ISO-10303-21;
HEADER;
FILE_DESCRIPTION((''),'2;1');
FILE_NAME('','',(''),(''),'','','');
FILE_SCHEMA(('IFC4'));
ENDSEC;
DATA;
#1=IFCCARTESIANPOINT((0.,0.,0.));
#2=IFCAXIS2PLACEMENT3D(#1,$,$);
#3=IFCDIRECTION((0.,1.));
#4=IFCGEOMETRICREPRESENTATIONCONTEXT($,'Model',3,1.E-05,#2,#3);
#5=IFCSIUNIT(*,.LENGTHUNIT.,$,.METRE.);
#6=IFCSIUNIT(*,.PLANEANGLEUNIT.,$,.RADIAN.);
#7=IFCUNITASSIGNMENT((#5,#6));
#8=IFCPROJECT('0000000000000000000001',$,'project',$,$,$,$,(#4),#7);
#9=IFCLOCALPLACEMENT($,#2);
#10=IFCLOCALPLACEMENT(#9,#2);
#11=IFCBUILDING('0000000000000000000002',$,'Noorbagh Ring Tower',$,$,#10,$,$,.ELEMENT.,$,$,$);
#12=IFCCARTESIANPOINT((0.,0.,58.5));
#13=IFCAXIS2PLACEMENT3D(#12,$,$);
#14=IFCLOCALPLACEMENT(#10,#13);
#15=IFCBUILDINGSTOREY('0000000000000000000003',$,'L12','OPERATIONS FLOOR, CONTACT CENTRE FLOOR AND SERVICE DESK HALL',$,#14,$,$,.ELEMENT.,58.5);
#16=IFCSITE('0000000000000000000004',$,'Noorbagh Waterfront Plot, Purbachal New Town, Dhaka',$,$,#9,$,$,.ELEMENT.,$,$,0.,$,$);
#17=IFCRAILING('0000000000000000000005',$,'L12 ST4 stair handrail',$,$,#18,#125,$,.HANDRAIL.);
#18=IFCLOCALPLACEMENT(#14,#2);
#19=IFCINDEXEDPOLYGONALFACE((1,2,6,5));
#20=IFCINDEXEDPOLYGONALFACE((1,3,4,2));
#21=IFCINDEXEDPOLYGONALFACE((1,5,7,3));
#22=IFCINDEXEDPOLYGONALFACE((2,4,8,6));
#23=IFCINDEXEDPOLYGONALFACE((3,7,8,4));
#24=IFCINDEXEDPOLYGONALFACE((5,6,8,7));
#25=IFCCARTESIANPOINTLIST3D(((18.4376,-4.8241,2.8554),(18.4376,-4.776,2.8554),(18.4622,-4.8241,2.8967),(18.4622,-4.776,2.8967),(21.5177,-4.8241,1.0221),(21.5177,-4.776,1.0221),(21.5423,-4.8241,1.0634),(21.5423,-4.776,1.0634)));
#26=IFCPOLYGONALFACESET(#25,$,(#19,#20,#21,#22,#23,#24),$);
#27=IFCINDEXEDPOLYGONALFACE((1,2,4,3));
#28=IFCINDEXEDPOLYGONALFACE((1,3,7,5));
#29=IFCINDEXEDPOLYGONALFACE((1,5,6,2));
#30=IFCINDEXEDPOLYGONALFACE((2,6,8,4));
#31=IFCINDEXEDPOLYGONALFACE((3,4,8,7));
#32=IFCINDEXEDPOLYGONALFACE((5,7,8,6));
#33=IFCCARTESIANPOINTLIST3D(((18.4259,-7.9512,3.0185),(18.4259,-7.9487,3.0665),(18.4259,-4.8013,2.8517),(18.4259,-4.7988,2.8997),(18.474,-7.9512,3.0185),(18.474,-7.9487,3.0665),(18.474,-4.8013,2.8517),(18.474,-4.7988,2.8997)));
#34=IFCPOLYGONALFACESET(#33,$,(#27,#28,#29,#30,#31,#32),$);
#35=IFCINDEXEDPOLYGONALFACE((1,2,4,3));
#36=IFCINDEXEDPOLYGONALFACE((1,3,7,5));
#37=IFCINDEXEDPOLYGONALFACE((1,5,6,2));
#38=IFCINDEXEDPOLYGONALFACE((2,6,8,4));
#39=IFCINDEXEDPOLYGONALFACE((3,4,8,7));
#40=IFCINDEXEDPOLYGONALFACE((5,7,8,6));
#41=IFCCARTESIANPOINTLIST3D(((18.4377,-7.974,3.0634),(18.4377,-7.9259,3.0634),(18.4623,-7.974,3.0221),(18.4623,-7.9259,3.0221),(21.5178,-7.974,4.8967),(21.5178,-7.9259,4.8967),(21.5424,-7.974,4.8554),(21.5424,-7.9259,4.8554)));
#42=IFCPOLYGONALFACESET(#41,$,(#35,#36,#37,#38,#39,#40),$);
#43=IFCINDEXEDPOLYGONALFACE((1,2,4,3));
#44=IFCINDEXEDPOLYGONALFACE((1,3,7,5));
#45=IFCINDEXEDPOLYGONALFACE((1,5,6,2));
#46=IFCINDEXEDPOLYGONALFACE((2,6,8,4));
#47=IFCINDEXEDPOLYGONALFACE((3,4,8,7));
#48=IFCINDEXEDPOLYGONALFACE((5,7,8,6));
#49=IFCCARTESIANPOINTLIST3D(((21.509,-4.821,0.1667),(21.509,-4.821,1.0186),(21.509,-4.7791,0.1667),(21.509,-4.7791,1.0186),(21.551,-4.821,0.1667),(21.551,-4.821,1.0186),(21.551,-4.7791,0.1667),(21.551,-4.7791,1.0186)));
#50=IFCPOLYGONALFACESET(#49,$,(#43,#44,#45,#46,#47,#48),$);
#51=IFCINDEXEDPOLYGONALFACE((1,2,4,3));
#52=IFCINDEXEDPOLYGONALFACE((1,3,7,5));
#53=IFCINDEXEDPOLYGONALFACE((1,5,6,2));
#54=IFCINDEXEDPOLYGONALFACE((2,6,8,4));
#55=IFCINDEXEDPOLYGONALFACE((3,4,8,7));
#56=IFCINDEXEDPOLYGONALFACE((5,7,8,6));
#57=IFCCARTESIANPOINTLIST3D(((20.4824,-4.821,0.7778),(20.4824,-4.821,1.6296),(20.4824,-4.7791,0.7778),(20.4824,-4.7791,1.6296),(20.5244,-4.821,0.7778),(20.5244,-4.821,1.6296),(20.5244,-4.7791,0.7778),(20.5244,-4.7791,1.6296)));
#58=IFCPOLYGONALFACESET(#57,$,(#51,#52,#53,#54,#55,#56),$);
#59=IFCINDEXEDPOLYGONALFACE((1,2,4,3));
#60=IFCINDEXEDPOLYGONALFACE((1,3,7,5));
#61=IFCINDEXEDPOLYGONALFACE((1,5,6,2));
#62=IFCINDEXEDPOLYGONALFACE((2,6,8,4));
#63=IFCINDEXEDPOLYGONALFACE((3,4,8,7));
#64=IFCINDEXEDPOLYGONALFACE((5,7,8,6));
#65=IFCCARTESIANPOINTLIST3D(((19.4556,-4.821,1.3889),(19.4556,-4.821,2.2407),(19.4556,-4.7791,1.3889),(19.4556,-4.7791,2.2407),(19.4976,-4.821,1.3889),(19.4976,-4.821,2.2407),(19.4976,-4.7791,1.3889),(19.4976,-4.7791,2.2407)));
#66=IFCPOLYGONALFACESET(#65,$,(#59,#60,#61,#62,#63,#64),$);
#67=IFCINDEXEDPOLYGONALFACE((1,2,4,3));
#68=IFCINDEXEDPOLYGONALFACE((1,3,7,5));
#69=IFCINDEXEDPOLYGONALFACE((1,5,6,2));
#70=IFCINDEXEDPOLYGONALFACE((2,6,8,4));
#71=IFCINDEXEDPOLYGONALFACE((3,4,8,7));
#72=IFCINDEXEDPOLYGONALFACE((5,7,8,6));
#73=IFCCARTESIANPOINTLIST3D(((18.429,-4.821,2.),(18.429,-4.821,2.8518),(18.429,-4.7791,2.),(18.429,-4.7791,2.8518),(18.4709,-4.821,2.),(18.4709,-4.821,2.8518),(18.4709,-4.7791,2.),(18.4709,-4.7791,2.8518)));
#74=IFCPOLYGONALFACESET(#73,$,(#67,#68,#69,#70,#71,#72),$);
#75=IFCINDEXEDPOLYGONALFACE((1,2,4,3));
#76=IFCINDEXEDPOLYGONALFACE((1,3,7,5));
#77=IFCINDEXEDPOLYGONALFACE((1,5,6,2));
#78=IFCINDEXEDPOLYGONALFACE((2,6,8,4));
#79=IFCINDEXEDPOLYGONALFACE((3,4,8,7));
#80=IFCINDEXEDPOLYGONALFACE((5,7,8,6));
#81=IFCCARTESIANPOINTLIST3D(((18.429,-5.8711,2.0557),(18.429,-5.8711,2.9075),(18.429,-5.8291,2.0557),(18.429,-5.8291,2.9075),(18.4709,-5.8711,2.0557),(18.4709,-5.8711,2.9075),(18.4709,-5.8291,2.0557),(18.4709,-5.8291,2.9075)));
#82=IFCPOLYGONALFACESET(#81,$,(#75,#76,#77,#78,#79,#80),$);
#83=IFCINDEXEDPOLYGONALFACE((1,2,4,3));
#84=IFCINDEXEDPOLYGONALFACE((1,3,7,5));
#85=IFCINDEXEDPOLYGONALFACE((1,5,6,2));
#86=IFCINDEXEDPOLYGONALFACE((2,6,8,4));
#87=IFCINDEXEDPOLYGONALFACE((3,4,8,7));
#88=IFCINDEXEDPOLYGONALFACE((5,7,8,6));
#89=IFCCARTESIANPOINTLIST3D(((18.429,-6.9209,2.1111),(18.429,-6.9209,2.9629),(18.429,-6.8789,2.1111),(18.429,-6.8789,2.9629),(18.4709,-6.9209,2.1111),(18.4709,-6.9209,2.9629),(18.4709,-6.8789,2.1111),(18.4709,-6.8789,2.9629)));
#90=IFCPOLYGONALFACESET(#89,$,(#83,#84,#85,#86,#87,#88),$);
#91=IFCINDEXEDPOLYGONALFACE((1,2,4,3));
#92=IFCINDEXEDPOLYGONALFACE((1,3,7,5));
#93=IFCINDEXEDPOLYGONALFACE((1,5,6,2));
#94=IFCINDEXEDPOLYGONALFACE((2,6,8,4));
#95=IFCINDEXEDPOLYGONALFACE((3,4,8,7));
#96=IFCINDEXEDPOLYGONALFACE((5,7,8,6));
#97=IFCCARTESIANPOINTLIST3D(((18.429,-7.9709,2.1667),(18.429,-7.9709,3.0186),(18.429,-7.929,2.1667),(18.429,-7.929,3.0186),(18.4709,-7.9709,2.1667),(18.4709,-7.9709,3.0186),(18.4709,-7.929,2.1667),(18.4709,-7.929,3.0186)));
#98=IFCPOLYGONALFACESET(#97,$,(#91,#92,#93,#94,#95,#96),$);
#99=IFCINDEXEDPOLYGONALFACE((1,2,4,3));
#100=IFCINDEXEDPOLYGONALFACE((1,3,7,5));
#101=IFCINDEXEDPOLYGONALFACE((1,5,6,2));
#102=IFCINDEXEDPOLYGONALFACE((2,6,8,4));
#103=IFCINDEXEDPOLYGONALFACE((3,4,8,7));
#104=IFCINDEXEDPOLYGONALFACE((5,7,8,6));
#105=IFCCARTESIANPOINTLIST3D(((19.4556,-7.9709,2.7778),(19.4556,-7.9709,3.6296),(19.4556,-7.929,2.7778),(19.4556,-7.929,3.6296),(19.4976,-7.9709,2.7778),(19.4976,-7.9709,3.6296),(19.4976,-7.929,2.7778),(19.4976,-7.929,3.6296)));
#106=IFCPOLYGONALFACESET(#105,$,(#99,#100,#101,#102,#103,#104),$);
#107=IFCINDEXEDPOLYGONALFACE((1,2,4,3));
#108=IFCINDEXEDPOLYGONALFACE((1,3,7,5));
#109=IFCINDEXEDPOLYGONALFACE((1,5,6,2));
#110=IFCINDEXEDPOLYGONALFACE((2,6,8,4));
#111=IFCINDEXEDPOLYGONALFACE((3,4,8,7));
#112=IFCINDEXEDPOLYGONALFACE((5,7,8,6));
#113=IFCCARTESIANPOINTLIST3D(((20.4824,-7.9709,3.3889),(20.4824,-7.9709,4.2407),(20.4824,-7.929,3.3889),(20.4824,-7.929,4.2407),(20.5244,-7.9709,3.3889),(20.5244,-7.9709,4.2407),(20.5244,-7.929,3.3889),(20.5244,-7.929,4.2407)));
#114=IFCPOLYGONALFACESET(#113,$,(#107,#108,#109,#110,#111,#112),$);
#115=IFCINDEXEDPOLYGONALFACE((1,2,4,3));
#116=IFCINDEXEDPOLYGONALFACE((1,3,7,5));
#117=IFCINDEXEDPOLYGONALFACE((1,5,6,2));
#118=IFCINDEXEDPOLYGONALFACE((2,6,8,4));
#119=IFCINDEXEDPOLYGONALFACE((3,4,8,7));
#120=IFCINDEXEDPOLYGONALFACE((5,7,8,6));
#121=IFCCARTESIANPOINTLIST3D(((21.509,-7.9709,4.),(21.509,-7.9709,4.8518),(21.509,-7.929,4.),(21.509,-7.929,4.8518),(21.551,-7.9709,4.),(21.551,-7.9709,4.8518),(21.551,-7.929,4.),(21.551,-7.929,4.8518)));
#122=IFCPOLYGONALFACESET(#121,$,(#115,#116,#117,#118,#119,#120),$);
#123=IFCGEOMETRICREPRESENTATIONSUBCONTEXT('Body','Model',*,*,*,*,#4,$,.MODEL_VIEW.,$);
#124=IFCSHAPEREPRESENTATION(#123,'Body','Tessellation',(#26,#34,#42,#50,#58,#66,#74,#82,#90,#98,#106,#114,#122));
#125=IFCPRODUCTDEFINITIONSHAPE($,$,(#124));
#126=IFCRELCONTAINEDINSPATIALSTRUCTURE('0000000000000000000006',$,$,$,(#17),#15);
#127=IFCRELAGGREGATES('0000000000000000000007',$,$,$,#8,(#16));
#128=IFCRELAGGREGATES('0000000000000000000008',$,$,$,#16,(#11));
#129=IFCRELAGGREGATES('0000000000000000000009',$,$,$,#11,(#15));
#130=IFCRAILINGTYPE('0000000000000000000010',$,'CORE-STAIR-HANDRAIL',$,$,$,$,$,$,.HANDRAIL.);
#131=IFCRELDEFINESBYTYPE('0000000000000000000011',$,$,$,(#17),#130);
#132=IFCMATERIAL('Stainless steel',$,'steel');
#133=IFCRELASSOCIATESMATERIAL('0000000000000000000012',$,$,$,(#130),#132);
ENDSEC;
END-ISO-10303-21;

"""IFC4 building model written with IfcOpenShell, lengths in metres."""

from ifc_helpers import new_model, si_unit, direction, frame, origin, origin_2d, place, context, subcontext, project, spatial, rectangle, extrude, material, type_object, element, save


model = new_model("IFC4")

# Units and contexts
model_context = context("Model", 3, precision=1e-05, world=origin(), true_north=direction((0.0, 1.0)))
body_context = subcontext(model_context, "Body", "Model", "MODEL_VIEW")
ifc_project = project(units=[si_unit("LENGTHUNIT", "METRE"), si_unit("PLANEANGLEUNIT", "RADIAN")], contexts=[model_context])

# Site, building, storey
site_placement = place(None, origin())
site = spatial("IfcSite", under=ifc_project, at=site_placement, Name="Noorbagh Waterfront Plot, Purbachal New Town, Dhaka", CompositionType="ELEMENT", RefElevation=0.0)
building_placement = place(site_placement, origin())
building = spatial("IfcBuilding", under=site, at=building_placement, Name="Noorbagh Ring Tower", CompositionType="ELEMENT")
storey_placement = place(building_placement, frame((0.0, 0.0, 58.5)))
storey = spatial("IfcBuildingStorey", under=building, at=storey_placement, Name="L12", Description="OPERATIONS FLOOR, CONTACT CENTRE FLOOR AND SERVICE DESK HALL", CompositionType="ELEMENT", Elevation=58.5)

# Railing
ifc_material_1 = material(Name="Stainless steel", Category="steel")
railing_type_1 = type_object("IfcRailingType", Name="CORE-STAIR-HANDRAIL", PredefinedType="HANDRAIL", material=ifc_material_1)
railing_1_placement = place(storey_placement, frame((21.53, -4.8, 0.1667)))
element("IfcRailing", 1, at=railing_1_placement, inside=storey, type_object=railing_type_1, Name="L12 ST4 stair handrail", PredefinedType="HANDRAIL", context=body_context, shape_type="SweptSolid", body=[
    extrude(rectangle(XDim=0.0481, YDim=0.0481, at=origin_2d()), frame((0.0, 0.0, 0.876), z_axis=(-0.859309, 0.0, 0.511458), x_axis=(0.0, -1.0, 0.0)), (0.0, 0.0, 1.0), 3.5845),
    extrude(rectangle(XDim=0.0481, YDim=0.0481, at=origin_2d()), frame((-3.0801, 0.0, 2.709), z_axis=(0.0, -0.998602, 0.052864), x_axis=(1.0, 0.0, 0.0)), (0.0, 0.0, 1.0), 3.1543),
    extrude(rectangle(XDim=0.0481, YDim=0.0481, at=origin_2d()), frame((-3.0801, -3.1499, 2.876), z_axis=(0.859309, 0.0, 0.511458), x_axis=(0.0, 1.0, 0.0)), (0.0, 0.0, 1.0), 3.5845),
    extrude(rectangle(XDim=0.042, YDim=0.042, at=origin_2d()), origin(), (0.0, 0.0, 1.0), 0.8518),
    extrude(rectangle(XDim=0.042, YDim=0.042, at=origin_2d()), frame((-1.0266, 0.0, 0.6111)), (0.0, 0.0, 1.0), 0.8518),
    extrude(rectangle(XDim=0.042, YDim=0.042, at=origin_2d()), frame((-2.0535, 0.0, 1.2222)), (0.0, 0.0, 1.0), 0.8518),
    extrude(rectangle(XDim=0.042, YDim=0.042, at=origin_2d()), frame((-3.0801, 0.0, 1.8333)), (0.0, 0.0, 1.0), 0.8518),
    extrude(rectangle(XDim=0.042, YDim=0.042, at=origin_2d()), frame((-3.0801, -1.05, 1.8889)), (0.0, 0.0, 1.0), 0.8518),
    extrude(rectangle(XDim=0.042, YDim=0.042, at=origin_2d()), frame((-3.0801, -2.0999, 1.9443)), (0.0, 0.0, 1.0), 0.8518),
    extrude(rectangle(XDim=0.042, YDim=0.042, at=origin_2d()), frame((-3.0801, -3.1499, 2.0)), (0.0, 0.0, 1.0), 0.8518),
    extrude(rectangle(XDim=0.042, YDim=0.042, at=origin_2d()), frame((-2.0535, -3.1499, 2.6111)), (0.0, 0.0, 1.0), 0.8518),
    extrude(rectangle(XDim=0.042, YDim=0.042, at=origin_2d()), frame((-1.0266, -3.1499, 3.2222)), (0.0, 0.0, 1.0), 0.8518),
    extrude(rectangle(XDim=0.042, YDim=0.042, at=origin_2d()), frame((0.0, -3.1499, 3.8333)), (0.0, 0.0, 1.0), 0.8518),
])

save(model, "model.ifc")
